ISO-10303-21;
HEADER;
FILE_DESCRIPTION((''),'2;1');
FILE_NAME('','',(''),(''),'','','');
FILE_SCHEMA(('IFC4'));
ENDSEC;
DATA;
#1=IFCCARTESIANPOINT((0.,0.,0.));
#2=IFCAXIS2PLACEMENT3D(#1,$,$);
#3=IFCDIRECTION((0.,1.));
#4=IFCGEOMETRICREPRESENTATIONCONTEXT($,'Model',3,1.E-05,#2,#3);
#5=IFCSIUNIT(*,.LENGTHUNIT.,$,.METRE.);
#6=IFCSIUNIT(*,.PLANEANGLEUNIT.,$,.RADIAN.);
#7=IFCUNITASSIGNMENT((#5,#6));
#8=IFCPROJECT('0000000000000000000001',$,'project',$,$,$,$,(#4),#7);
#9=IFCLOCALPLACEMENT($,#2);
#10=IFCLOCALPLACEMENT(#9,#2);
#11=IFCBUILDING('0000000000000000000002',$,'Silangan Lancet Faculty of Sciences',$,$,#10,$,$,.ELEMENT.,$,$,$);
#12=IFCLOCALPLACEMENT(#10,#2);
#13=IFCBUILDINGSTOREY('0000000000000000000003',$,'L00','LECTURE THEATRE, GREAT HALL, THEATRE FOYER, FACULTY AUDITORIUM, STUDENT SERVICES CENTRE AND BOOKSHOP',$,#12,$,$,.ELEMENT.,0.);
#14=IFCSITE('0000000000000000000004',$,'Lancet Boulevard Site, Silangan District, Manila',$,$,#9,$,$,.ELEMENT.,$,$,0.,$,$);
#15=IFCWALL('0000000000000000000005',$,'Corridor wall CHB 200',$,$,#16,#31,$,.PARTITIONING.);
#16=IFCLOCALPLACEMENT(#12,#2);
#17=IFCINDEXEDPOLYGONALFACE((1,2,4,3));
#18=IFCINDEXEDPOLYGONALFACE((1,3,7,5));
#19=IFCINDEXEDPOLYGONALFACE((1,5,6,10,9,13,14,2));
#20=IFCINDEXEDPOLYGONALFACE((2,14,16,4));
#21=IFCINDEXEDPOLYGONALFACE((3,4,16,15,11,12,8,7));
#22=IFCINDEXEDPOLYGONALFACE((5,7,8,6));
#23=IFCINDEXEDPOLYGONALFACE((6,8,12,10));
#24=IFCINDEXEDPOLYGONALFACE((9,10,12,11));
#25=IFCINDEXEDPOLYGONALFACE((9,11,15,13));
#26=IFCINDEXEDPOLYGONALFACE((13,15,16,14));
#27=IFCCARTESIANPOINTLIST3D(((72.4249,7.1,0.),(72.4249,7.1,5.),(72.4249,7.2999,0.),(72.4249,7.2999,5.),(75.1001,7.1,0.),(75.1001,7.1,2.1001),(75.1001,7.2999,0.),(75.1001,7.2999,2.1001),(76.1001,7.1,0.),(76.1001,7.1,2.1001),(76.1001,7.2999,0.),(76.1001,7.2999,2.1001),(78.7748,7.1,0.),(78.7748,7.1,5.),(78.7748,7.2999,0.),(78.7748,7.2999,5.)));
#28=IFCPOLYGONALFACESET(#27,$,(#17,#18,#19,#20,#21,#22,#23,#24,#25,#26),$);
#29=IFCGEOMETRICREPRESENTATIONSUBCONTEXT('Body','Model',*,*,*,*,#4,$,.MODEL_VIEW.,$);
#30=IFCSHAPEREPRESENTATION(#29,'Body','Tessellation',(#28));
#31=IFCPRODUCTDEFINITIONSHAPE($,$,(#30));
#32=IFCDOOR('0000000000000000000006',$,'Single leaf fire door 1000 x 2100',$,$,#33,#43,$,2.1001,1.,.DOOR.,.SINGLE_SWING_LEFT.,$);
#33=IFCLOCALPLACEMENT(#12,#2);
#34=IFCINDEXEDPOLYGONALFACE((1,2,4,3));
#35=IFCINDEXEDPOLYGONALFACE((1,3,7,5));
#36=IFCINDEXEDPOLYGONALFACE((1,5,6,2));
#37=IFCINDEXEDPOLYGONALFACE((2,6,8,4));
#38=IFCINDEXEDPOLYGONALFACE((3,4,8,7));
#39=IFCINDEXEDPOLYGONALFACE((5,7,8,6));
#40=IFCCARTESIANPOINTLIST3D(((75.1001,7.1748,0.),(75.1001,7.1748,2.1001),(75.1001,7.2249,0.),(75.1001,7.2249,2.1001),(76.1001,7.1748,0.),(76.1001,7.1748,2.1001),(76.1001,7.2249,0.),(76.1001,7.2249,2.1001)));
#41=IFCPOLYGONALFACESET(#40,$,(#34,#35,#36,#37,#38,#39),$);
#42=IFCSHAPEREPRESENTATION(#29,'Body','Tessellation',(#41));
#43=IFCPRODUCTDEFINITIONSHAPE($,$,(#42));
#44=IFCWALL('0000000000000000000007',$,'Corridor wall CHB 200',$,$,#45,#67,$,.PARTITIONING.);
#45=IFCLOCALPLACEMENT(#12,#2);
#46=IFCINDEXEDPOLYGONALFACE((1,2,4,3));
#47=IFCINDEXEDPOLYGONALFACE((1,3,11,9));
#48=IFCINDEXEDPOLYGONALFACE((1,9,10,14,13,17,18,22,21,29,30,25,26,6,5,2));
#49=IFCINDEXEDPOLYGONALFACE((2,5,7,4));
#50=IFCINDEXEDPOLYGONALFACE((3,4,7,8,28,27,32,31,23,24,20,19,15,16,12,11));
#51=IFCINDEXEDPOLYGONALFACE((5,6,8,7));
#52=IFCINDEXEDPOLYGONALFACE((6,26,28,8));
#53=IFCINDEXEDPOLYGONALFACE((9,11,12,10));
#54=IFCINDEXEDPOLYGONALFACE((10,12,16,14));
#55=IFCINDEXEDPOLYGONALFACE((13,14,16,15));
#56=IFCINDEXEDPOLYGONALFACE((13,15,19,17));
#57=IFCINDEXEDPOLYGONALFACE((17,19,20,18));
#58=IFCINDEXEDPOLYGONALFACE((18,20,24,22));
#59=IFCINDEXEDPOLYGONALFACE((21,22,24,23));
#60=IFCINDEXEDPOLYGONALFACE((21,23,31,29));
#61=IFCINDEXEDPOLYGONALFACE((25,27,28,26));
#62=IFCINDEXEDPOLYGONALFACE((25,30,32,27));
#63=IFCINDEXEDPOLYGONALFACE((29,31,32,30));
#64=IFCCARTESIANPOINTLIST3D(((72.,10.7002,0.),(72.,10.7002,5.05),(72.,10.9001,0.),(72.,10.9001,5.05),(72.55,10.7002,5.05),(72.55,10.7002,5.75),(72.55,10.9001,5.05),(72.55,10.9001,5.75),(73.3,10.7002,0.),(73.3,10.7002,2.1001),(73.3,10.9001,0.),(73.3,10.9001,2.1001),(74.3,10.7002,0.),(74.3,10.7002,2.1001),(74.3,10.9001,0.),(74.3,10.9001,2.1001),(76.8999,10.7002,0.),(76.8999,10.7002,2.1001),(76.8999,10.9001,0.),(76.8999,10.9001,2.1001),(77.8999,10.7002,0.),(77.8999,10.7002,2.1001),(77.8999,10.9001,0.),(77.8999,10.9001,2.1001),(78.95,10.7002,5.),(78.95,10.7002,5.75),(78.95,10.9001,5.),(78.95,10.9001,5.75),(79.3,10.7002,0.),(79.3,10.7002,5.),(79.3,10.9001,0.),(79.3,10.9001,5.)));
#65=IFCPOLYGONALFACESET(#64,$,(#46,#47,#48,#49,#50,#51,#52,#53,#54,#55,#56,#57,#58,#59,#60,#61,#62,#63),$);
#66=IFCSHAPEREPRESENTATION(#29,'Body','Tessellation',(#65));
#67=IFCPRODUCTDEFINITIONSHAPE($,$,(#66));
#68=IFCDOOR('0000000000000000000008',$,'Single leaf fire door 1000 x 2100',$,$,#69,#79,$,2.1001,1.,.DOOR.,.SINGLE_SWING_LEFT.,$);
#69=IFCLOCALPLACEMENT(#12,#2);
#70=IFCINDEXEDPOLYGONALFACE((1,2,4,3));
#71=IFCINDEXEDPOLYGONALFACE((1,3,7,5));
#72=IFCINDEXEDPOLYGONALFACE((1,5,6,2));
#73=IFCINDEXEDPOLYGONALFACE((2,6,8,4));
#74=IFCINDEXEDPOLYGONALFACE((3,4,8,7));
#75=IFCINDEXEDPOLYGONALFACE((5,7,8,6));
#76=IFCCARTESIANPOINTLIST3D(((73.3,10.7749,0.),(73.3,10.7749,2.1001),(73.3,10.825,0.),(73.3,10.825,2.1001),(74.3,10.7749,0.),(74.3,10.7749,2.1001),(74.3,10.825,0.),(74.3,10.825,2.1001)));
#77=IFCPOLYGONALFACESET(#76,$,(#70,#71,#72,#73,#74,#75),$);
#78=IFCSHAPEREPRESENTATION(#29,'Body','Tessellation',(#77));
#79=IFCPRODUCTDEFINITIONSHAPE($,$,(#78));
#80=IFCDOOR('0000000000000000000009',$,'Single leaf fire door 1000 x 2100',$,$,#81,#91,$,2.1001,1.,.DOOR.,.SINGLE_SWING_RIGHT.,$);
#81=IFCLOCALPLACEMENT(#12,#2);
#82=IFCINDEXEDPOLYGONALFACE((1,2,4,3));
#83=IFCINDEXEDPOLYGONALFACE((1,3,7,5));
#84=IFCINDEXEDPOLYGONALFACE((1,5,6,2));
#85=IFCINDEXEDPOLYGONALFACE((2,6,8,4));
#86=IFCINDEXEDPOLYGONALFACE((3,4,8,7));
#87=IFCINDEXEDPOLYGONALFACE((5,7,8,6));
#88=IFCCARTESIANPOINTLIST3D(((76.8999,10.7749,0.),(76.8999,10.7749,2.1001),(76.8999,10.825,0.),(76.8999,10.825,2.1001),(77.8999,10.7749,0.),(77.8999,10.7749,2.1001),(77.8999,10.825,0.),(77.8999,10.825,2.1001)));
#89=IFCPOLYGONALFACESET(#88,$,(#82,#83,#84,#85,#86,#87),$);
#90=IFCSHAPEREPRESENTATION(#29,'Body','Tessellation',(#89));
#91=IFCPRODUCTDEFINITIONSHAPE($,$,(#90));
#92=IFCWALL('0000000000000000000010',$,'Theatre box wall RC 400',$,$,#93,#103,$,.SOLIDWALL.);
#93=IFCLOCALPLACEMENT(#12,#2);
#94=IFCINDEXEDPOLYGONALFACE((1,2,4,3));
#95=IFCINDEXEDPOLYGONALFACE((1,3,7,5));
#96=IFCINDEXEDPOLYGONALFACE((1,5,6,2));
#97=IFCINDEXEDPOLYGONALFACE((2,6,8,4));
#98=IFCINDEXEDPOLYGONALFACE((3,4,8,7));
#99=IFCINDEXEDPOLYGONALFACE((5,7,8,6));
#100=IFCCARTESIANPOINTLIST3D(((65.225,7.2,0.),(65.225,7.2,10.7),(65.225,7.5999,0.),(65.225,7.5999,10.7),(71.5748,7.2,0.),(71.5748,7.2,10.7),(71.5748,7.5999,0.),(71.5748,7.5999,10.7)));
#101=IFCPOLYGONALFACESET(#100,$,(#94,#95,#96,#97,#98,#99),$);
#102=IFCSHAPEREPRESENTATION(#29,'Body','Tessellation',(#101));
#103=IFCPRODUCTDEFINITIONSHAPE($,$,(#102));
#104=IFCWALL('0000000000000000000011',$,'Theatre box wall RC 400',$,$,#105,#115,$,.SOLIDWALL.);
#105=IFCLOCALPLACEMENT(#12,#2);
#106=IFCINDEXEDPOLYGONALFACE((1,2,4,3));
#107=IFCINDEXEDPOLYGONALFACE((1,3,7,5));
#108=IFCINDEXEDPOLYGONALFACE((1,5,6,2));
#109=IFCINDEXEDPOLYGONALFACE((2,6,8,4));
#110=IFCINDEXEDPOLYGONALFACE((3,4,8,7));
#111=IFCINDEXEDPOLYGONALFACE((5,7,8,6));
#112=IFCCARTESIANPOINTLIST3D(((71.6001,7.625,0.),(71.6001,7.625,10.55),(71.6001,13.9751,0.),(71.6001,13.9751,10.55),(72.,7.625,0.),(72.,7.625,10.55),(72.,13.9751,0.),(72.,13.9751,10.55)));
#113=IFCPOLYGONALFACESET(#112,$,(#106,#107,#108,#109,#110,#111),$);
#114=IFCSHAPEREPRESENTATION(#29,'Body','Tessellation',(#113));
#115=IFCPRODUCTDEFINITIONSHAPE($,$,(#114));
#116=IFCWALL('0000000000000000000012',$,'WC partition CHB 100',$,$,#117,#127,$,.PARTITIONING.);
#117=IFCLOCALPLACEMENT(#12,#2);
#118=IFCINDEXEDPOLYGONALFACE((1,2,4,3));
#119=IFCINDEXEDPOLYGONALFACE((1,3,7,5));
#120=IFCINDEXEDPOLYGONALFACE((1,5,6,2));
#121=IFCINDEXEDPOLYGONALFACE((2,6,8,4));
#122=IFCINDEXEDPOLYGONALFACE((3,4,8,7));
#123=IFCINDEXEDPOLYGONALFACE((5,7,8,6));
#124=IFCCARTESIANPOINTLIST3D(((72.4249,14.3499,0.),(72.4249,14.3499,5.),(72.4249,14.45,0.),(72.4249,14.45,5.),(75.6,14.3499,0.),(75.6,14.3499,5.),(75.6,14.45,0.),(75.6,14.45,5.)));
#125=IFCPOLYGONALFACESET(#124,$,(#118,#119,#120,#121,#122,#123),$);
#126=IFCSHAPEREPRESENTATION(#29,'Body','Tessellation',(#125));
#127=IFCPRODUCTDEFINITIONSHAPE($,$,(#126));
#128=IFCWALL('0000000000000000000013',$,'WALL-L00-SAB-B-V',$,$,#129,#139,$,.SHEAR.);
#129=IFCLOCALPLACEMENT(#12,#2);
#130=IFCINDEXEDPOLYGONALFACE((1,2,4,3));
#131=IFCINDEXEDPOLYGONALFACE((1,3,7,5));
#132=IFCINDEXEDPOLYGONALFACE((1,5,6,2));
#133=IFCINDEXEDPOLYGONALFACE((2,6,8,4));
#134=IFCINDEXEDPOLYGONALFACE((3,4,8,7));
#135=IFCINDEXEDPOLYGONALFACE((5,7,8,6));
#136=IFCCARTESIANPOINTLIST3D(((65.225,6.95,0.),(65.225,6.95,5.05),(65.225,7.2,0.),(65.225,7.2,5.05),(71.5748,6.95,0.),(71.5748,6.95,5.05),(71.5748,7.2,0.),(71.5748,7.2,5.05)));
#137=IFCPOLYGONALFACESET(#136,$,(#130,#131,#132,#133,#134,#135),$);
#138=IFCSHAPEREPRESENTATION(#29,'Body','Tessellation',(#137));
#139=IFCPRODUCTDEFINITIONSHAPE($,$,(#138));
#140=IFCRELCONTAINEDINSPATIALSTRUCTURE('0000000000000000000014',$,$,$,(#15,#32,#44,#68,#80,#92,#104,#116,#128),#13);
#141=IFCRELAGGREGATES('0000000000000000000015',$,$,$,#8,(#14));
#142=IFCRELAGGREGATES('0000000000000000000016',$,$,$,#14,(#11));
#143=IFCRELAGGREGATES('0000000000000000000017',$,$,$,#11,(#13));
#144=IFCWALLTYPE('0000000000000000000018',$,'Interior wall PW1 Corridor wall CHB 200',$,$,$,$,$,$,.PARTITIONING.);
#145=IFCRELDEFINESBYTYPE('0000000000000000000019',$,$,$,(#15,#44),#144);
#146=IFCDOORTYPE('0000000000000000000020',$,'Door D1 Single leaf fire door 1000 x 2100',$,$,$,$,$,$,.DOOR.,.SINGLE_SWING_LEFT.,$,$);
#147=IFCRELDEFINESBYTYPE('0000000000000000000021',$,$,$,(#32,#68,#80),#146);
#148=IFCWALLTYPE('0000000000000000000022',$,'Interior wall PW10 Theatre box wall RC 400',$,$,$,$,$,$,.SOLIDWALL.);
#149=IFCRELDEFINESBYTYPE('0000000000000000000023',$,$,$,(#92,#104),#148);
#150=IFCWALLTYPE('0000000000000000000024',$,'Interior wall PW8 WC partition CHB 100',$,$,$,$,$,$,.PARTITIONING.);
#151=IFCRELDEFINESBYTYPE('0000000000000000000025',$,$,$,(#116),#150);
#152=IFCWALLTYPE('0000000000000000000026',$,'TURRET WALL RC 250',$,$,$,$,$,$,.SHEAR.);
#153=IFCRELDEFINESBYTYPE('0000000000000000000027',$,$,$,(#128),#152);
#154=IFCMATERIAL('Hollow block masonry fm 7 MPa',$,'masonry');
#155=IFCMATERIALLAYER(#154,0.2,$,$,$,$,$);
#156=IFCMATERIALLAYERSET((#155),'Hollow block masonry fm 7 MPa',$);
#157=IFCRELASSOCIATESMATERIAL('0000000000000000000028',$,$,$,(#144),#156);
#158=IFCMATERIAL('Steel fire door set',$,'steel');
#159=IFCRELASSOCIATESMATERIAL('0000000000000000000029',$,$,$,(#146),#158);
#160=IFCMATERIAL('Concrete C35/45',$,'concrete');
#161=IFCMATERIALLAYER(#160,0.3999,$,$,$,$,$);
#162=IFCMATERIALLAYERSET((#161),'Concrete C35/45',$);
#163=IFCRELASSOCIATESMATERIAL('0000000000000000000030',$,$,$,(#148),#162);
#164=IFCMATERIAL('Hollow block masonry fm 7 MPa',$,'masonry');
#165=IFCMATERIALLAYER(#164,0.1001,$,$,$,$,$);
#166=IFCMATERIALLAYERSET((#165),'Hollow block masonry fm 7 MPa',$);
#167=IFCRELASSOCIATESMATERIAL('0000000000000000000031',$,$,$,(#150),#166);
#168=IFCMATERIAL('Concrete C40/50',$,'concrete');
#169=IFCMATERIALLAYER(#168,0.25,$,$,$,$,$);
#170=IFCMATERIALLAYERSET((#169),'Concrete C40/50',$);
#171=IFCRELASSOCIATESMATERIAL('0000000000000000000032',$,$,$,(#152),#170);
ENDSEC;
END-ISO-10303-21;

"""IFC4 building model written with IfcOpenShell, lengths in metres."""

from ifc_helpers import new_model, si_unit, direction, frame, frame_2d, origin, place, context, subcontext, project, spatial, polyline, rectangle, outline, extrude, material, layer, layer_set, type_object, element, fill, save


model = new_model("IFC4")

# Units and contexts
model_context = context("Model", 3, precision=1e-05, world=origin(), true_north=direction((0.0, 1.0)))
body_context = subcontext(model_context, "Body", "Model", "MODEL_VIEW")
ifc_project = project(units=[si_unit("LENGTHUNIT", "METRE"), si_unit("PLANEANGLEUNIT", "RADIAN")], contexts=[model_context])

# Site, building, storey
site_placement = place(None, origin())
site = spatial("IfcSite", under=ifc_project, at=site_placement, Name="Lancet Boulevard Site, Silangan District, Manila", CompositionType="ELEMENT", RefElevation=0.0)
building_placement = place(site_placement, origin())
building = spatial("IfcBuilding", under=site, at=building_placement, Name="Silangan Lancet Faculty of Sciences", CompositionType="ELEMENT")
storey_placement = place(building_placement, origin())
storey = spatial("IfcBuildingStorey", under=building, at=storey_placement, Name="L00", Description="LECTURE THEATRE, GREAT HALL, THEATRE FOYER, FACULTY AUDITORIUM, STUDENT SERVICES CENTRE AND BOOKSHOP", CompositionType="ELEMENT", Elevation=0.0)

# Shared definitions
ifc_material_1 = material(Name="Hollow block masonry fm 7 MPa", Category="masonry")
ifc_layer_1 = layer(ifc_material_1, 0.2)
ifc_layer_set_1 = layer_set([ifc_layer_1], Name="Hollow block masonry fm 7 MPa")
wall_type_1 = type_object("IfcWallType", Name="Interior wall PW1 Corridor wall CHB 200", PredefinedType="PARTITIONING", material=ifc_layer_set_1)
ifc_material_2 = material(Name="Steel fire door set", Category="steel")
door_type = type_object("IfcDoorType", Name="Door D1 Single leaf fire door 1000 x 2100", OperationType="SINGLE_SWING_LEFT", PredefinedType="DOOR", material=ifc_material_2)

# Wall, opening, door
wall_1_placement = place(storey_placement, frame((72.425, 7.2, 0.0), z_axis=(0.0, 0.0, 1.0), x_axis=(1.0, 0.0, 0.0)))
wall_1 = element("IfcWall", 1, at=wall_1_placement, inside=storey, type_object=wall_type_1, Name="Corridor wall CHB 200", PredefinedType="PARTITIONING", context=body_context, shape_type="SweptSolid", body=[
    extrude(rectangle(XDim=6.3499, YDim=0.2, at=frame_2d((3.1748, 0.0))), origin(), (0.0, 0.0, 1.0), 5.0),
])
opening_1_placement = place(wall_1_placement, frame((2.675, 0.0, 0.0)))
opening_1 = element("IfcOpeningElement", 2, at=opening_1_placement, cuts=wall_1, PredefinedType="OPENING", context=body_context, shape_type="SweptSolid", body=[
    extrude(rectangle(XDim=1.0, YDim=2.1001, at=frame_2d((0.5, 1.05))), frame((0.0, 0.1099, 0.0), z_axis=(0.0, -1.0, 0.0), x_axis=(1.0, 0.0, 0.0)), (0.0, 0.0, 1.0), 0.22),
])
door_1_placement = place(opening_1_placement, frame((1.0, 0.0, 0.0), z_axis=(0.0, 0.0, 1.0), x_axis=(-1.0, 0.0, 0.0)))
door_1 = element("IfcDoor", 3, at=door_1_placement, inside=storey, type_object=door_type, Name="Single leaf fire door 1000 x 2100", OperationType="SINGLE_SWING_LEFT", OverallHeight=2.1001, OverallWidth=1.0, PredefinedType="DOOR", context=body_context, shape_type="SweptSolid", body=[
    extrude(rectangle(XDim=1.0, YDim=2.1001, at=frame_2d((0.5, 1.05))), frame((0.0, 0.0251, 0.0), z_axis=(0.0, -1.0, 0.0), x_axis=(1.0, 0.0, 0.0)), (0.0, 0.0, 1.0), 0.05),
])
fill(opening_1, door_1)

# Wall, openings, doors
wall_2_placement = place(storey_placement, frame((72.0, 10.8, 0.0), z_axis=(0.0, 0.0, 1.0), x_axis=(1.0, 0.0, 0.0)))
wall_2 = element("IfcWall", 4, at=wall_2_placement, inside=storey, type_object=wall_type_1, Name="Corridor wall CHB 200", PredefinedType="PARTITIONING", context=body_context, shape_type="SweptSolid", body=[
    extrude(outline(polyline([(0.0, 0.0), (7.3, 0.0), (7.3, 5.0), (6.95, 5.0), (6.95, 5.75), (0.55, 5.75), (0.55, 5.05), (0.0, 5.05), (0.0, 0.0)])), frame((0.0, 0.1001, 0.0), z_axis=(0.0, -1.0, 0.0), x_axis=(1.0, 0.0, 0.0)), (0.0, 0.0, 1.0), 0.2),
])
opening_2_placement = place(wall_2_placement, frame((1.3, 0.0, 0.0)))
opening_2 = element("IfcOpeningElement", 5, at=opening_2_placement, cuts=wall_2, PredefinedType="OPENING", context=body_context, shape_type="SweptSolid", body=[
    extrude(rectangle(XDim=1.0, YDim=2.1001, at=frame_2d((0.5, 1.05))), frame((0.0, 0.1099, 0.0), z_axis=(0.0, -1.0, 0.0), x_axis=(1.0, 0.0, 0.0)), (0.0, 0.0, 1.0), 0.22),
])
opening_3_placement = place(wall_2_placement, frame((4.8999, 0.0, 0.0)))
opening_3 = element("IfcOpeningElement", 6, at=opening_3_placement, cuts=wall_2, PredefinedType="OPENING", context=body_context, shape_type="SweptSolid", body=[
    extrude(rectangle(XDim=1.0, YDim=2.1001, at=frame_2d((0.5, 1.05))), frame((0.0, 0.1099, 0.0), z_axis=(0.0, -1.0, 0.0), x_axis=(1.0, 0.0, 0.0)), (0.0, 0.0, 1.0), 0.22),
])
door_2_placement = place(opening_2_placement, origin())
door_2 = element("IfcDoor", 7, at=door_2_placement, inside=storey, type_object=door_type, Name="Single leaf fire door 1000 x 2100", OperationType="SINGLE_SWING_LEFT", OverallHeight=2.1001, OverallWidth=1.0, PredefinedType="DOOR", context=body_context, shape_type="SweptSolid", body=[
    extrude(rectangle(XDim=1.0, YDim=2.1001, at=frame_2d((0.5, 1.05))), frame((0.0, 0.0249, 0.0), z_axis=(0.0, -1.0, 0.0), x_axis=(1.0, 0.0, 0.0)), (0.0, 0.0, 1.0), 0.05),
])
fill(opening_2, door_2)
door_3_placement = place(opening_3_placement, origin())
door_3 = element("IfcDoor", 8, at=door_3_placement, inside=storey, type_object=door_type, Name="Single leaf fire door 1000 x 2100", OperationType="SINGLE_SWING_RIGHT", OverallHeight=2.1001, OverallWidth=1.0, PredefinedType="DOOR", context=body_context, shape_type="SweptSolid", body=[
    extrude(rectangle(XDim=1.0, YDim=2.1001, at=frame_2d((0.5, 1.05))), frame((0.0, 0.0249, 0.0), z_axis=(0.0, -1.0, 0.0), x_axis=(1.0, 0.0, 0.0)), (0.0, 0.0, 1.0), 0.05),
])
fill(opening_3, door_3)

# Walls
ifc_material_3 = material(Name="Concrete C35/45", Category="concrete")
ifc_layer_2 = layer(ifc_material_3, 0.3999)
ifc_layer_set_2 = layer_set([ifc_layer_2], Name="Concrete C35/45")
wall_type_2 = type_object("IfcWallType", Name="Interior wall PW10 Theatre box wall RC 400", PredefinedType="SOLIDWALL", material=ifc_layer_set_2)
wall_3_placement = place(storey_placement, frame((65.2251, 7.3999, 0.0), z_axis=(0.0, 0.0, 1.0), x_axis=(1.0, 0.0, 0.0)))
element("IfcWall", 9, at=wall_3_placement, inside=storey, type_object=wall_type_2, Name="Theatre box wall RC 400", PredefinedType="SOLIDWALL", context=body_context, shape_type="SweptSolid", body=[
    extrude(rectangle(XDim=6.3499, YDim=0.3999, at=frame_2d((3.1748, 0.0))), origin(), (0.0, 0.0, 1.0), 10.7),
])
wall_4_placement = place(storey_placement, frame((71.8, 7.625, 0.0), z_axis=(0.0, 0.0, 1.0), x_axis=(0.0, 1.0, 0.0)))
element("IfcWall", 10, at=wall_4_placement, inside=storey, type_object=wall_type_2, Name="Theatre box wall RC 400", PredefinedType="SOLIDWALL", context=body_context, shape_type="SweptSolid", body=[
    extrude(rectangle(XDim=6.3501, YDim=0.3999, at=frame_2d((3.175, 0.0))), origin(), (0.0, 0.0, 1.0), 10.55),
])
ifc_material_4 = material(Name="Hollow block masonry fm 7 MPa", Category="masonry")
ifc_layer_3 = layer(ifc_material_4, 0.1001)
ifc_layer_set_3 = layer_set([ifc_layer_3], Name="Hollow block masonry fm 7 MPa")
wall_type_3 = type_object("IfcWallType", Name="Interior wall PW8 WC partition CHB 100", PredefinedType="PARTITIONING", material=ifc_layer_set_3)
wall_5_placement = place(storey_placement, frame((72.425, 14.3999, 0.0), z_axis=(0.0, 0.0, 1.0), x_axis=(1.0, 0.0, 0.0)))
element("IfcWall", 11, at=wall_5_placement, inside=storey, type_object=wall_type_3, Name="WC partition CHB 100", PredefinedType="PARTITIONING", context=body_context, shape_type="SweptSolid", body=[
    extrude(rectangle(XDim=3.175, YDim=0.1001, at=frame_2d((1.5874, 0.0))), origin(), (0.0, 0.0, 1.0), 5.0),
])
ifc_material_5 = material(Name="Concrete C40/50", Category="concrete")
ifc_layer_4 = layer(ifc_material_5, 0.25)
ifc_layer_set_4 = layer_set([ifc_layer_4], Name="Concrete C40/50")
wall_type_4 = type_object("IfcWallType", Name="TURRET WALL RC 250", PredefinedType="SHEAR", material=ifc_layer_set_4)
wall_6_placement = place(storey_placement, frame((65.2251, 7.075, 0.0), z_axis=(0.0, 0.0, 1.0), x_axis=(1.0, 0.0, 0.0)))
element("IfcWall", 12, at=wall_6_placement, inside=storey, type_object=wall_type_4, Name="WALL-L00-SAB-B-V", PredefinedType="SHEAR", context=body_context, shape_type="SweptSolid", body=[
    extrude(rectangle(XDim=6.3499, YDim=0.25, at=frame_2d((3.1748, 0.0))), origin(), (0.0, 0.0, 1.0), 5.05),
])

save(model, "model.ifc")
